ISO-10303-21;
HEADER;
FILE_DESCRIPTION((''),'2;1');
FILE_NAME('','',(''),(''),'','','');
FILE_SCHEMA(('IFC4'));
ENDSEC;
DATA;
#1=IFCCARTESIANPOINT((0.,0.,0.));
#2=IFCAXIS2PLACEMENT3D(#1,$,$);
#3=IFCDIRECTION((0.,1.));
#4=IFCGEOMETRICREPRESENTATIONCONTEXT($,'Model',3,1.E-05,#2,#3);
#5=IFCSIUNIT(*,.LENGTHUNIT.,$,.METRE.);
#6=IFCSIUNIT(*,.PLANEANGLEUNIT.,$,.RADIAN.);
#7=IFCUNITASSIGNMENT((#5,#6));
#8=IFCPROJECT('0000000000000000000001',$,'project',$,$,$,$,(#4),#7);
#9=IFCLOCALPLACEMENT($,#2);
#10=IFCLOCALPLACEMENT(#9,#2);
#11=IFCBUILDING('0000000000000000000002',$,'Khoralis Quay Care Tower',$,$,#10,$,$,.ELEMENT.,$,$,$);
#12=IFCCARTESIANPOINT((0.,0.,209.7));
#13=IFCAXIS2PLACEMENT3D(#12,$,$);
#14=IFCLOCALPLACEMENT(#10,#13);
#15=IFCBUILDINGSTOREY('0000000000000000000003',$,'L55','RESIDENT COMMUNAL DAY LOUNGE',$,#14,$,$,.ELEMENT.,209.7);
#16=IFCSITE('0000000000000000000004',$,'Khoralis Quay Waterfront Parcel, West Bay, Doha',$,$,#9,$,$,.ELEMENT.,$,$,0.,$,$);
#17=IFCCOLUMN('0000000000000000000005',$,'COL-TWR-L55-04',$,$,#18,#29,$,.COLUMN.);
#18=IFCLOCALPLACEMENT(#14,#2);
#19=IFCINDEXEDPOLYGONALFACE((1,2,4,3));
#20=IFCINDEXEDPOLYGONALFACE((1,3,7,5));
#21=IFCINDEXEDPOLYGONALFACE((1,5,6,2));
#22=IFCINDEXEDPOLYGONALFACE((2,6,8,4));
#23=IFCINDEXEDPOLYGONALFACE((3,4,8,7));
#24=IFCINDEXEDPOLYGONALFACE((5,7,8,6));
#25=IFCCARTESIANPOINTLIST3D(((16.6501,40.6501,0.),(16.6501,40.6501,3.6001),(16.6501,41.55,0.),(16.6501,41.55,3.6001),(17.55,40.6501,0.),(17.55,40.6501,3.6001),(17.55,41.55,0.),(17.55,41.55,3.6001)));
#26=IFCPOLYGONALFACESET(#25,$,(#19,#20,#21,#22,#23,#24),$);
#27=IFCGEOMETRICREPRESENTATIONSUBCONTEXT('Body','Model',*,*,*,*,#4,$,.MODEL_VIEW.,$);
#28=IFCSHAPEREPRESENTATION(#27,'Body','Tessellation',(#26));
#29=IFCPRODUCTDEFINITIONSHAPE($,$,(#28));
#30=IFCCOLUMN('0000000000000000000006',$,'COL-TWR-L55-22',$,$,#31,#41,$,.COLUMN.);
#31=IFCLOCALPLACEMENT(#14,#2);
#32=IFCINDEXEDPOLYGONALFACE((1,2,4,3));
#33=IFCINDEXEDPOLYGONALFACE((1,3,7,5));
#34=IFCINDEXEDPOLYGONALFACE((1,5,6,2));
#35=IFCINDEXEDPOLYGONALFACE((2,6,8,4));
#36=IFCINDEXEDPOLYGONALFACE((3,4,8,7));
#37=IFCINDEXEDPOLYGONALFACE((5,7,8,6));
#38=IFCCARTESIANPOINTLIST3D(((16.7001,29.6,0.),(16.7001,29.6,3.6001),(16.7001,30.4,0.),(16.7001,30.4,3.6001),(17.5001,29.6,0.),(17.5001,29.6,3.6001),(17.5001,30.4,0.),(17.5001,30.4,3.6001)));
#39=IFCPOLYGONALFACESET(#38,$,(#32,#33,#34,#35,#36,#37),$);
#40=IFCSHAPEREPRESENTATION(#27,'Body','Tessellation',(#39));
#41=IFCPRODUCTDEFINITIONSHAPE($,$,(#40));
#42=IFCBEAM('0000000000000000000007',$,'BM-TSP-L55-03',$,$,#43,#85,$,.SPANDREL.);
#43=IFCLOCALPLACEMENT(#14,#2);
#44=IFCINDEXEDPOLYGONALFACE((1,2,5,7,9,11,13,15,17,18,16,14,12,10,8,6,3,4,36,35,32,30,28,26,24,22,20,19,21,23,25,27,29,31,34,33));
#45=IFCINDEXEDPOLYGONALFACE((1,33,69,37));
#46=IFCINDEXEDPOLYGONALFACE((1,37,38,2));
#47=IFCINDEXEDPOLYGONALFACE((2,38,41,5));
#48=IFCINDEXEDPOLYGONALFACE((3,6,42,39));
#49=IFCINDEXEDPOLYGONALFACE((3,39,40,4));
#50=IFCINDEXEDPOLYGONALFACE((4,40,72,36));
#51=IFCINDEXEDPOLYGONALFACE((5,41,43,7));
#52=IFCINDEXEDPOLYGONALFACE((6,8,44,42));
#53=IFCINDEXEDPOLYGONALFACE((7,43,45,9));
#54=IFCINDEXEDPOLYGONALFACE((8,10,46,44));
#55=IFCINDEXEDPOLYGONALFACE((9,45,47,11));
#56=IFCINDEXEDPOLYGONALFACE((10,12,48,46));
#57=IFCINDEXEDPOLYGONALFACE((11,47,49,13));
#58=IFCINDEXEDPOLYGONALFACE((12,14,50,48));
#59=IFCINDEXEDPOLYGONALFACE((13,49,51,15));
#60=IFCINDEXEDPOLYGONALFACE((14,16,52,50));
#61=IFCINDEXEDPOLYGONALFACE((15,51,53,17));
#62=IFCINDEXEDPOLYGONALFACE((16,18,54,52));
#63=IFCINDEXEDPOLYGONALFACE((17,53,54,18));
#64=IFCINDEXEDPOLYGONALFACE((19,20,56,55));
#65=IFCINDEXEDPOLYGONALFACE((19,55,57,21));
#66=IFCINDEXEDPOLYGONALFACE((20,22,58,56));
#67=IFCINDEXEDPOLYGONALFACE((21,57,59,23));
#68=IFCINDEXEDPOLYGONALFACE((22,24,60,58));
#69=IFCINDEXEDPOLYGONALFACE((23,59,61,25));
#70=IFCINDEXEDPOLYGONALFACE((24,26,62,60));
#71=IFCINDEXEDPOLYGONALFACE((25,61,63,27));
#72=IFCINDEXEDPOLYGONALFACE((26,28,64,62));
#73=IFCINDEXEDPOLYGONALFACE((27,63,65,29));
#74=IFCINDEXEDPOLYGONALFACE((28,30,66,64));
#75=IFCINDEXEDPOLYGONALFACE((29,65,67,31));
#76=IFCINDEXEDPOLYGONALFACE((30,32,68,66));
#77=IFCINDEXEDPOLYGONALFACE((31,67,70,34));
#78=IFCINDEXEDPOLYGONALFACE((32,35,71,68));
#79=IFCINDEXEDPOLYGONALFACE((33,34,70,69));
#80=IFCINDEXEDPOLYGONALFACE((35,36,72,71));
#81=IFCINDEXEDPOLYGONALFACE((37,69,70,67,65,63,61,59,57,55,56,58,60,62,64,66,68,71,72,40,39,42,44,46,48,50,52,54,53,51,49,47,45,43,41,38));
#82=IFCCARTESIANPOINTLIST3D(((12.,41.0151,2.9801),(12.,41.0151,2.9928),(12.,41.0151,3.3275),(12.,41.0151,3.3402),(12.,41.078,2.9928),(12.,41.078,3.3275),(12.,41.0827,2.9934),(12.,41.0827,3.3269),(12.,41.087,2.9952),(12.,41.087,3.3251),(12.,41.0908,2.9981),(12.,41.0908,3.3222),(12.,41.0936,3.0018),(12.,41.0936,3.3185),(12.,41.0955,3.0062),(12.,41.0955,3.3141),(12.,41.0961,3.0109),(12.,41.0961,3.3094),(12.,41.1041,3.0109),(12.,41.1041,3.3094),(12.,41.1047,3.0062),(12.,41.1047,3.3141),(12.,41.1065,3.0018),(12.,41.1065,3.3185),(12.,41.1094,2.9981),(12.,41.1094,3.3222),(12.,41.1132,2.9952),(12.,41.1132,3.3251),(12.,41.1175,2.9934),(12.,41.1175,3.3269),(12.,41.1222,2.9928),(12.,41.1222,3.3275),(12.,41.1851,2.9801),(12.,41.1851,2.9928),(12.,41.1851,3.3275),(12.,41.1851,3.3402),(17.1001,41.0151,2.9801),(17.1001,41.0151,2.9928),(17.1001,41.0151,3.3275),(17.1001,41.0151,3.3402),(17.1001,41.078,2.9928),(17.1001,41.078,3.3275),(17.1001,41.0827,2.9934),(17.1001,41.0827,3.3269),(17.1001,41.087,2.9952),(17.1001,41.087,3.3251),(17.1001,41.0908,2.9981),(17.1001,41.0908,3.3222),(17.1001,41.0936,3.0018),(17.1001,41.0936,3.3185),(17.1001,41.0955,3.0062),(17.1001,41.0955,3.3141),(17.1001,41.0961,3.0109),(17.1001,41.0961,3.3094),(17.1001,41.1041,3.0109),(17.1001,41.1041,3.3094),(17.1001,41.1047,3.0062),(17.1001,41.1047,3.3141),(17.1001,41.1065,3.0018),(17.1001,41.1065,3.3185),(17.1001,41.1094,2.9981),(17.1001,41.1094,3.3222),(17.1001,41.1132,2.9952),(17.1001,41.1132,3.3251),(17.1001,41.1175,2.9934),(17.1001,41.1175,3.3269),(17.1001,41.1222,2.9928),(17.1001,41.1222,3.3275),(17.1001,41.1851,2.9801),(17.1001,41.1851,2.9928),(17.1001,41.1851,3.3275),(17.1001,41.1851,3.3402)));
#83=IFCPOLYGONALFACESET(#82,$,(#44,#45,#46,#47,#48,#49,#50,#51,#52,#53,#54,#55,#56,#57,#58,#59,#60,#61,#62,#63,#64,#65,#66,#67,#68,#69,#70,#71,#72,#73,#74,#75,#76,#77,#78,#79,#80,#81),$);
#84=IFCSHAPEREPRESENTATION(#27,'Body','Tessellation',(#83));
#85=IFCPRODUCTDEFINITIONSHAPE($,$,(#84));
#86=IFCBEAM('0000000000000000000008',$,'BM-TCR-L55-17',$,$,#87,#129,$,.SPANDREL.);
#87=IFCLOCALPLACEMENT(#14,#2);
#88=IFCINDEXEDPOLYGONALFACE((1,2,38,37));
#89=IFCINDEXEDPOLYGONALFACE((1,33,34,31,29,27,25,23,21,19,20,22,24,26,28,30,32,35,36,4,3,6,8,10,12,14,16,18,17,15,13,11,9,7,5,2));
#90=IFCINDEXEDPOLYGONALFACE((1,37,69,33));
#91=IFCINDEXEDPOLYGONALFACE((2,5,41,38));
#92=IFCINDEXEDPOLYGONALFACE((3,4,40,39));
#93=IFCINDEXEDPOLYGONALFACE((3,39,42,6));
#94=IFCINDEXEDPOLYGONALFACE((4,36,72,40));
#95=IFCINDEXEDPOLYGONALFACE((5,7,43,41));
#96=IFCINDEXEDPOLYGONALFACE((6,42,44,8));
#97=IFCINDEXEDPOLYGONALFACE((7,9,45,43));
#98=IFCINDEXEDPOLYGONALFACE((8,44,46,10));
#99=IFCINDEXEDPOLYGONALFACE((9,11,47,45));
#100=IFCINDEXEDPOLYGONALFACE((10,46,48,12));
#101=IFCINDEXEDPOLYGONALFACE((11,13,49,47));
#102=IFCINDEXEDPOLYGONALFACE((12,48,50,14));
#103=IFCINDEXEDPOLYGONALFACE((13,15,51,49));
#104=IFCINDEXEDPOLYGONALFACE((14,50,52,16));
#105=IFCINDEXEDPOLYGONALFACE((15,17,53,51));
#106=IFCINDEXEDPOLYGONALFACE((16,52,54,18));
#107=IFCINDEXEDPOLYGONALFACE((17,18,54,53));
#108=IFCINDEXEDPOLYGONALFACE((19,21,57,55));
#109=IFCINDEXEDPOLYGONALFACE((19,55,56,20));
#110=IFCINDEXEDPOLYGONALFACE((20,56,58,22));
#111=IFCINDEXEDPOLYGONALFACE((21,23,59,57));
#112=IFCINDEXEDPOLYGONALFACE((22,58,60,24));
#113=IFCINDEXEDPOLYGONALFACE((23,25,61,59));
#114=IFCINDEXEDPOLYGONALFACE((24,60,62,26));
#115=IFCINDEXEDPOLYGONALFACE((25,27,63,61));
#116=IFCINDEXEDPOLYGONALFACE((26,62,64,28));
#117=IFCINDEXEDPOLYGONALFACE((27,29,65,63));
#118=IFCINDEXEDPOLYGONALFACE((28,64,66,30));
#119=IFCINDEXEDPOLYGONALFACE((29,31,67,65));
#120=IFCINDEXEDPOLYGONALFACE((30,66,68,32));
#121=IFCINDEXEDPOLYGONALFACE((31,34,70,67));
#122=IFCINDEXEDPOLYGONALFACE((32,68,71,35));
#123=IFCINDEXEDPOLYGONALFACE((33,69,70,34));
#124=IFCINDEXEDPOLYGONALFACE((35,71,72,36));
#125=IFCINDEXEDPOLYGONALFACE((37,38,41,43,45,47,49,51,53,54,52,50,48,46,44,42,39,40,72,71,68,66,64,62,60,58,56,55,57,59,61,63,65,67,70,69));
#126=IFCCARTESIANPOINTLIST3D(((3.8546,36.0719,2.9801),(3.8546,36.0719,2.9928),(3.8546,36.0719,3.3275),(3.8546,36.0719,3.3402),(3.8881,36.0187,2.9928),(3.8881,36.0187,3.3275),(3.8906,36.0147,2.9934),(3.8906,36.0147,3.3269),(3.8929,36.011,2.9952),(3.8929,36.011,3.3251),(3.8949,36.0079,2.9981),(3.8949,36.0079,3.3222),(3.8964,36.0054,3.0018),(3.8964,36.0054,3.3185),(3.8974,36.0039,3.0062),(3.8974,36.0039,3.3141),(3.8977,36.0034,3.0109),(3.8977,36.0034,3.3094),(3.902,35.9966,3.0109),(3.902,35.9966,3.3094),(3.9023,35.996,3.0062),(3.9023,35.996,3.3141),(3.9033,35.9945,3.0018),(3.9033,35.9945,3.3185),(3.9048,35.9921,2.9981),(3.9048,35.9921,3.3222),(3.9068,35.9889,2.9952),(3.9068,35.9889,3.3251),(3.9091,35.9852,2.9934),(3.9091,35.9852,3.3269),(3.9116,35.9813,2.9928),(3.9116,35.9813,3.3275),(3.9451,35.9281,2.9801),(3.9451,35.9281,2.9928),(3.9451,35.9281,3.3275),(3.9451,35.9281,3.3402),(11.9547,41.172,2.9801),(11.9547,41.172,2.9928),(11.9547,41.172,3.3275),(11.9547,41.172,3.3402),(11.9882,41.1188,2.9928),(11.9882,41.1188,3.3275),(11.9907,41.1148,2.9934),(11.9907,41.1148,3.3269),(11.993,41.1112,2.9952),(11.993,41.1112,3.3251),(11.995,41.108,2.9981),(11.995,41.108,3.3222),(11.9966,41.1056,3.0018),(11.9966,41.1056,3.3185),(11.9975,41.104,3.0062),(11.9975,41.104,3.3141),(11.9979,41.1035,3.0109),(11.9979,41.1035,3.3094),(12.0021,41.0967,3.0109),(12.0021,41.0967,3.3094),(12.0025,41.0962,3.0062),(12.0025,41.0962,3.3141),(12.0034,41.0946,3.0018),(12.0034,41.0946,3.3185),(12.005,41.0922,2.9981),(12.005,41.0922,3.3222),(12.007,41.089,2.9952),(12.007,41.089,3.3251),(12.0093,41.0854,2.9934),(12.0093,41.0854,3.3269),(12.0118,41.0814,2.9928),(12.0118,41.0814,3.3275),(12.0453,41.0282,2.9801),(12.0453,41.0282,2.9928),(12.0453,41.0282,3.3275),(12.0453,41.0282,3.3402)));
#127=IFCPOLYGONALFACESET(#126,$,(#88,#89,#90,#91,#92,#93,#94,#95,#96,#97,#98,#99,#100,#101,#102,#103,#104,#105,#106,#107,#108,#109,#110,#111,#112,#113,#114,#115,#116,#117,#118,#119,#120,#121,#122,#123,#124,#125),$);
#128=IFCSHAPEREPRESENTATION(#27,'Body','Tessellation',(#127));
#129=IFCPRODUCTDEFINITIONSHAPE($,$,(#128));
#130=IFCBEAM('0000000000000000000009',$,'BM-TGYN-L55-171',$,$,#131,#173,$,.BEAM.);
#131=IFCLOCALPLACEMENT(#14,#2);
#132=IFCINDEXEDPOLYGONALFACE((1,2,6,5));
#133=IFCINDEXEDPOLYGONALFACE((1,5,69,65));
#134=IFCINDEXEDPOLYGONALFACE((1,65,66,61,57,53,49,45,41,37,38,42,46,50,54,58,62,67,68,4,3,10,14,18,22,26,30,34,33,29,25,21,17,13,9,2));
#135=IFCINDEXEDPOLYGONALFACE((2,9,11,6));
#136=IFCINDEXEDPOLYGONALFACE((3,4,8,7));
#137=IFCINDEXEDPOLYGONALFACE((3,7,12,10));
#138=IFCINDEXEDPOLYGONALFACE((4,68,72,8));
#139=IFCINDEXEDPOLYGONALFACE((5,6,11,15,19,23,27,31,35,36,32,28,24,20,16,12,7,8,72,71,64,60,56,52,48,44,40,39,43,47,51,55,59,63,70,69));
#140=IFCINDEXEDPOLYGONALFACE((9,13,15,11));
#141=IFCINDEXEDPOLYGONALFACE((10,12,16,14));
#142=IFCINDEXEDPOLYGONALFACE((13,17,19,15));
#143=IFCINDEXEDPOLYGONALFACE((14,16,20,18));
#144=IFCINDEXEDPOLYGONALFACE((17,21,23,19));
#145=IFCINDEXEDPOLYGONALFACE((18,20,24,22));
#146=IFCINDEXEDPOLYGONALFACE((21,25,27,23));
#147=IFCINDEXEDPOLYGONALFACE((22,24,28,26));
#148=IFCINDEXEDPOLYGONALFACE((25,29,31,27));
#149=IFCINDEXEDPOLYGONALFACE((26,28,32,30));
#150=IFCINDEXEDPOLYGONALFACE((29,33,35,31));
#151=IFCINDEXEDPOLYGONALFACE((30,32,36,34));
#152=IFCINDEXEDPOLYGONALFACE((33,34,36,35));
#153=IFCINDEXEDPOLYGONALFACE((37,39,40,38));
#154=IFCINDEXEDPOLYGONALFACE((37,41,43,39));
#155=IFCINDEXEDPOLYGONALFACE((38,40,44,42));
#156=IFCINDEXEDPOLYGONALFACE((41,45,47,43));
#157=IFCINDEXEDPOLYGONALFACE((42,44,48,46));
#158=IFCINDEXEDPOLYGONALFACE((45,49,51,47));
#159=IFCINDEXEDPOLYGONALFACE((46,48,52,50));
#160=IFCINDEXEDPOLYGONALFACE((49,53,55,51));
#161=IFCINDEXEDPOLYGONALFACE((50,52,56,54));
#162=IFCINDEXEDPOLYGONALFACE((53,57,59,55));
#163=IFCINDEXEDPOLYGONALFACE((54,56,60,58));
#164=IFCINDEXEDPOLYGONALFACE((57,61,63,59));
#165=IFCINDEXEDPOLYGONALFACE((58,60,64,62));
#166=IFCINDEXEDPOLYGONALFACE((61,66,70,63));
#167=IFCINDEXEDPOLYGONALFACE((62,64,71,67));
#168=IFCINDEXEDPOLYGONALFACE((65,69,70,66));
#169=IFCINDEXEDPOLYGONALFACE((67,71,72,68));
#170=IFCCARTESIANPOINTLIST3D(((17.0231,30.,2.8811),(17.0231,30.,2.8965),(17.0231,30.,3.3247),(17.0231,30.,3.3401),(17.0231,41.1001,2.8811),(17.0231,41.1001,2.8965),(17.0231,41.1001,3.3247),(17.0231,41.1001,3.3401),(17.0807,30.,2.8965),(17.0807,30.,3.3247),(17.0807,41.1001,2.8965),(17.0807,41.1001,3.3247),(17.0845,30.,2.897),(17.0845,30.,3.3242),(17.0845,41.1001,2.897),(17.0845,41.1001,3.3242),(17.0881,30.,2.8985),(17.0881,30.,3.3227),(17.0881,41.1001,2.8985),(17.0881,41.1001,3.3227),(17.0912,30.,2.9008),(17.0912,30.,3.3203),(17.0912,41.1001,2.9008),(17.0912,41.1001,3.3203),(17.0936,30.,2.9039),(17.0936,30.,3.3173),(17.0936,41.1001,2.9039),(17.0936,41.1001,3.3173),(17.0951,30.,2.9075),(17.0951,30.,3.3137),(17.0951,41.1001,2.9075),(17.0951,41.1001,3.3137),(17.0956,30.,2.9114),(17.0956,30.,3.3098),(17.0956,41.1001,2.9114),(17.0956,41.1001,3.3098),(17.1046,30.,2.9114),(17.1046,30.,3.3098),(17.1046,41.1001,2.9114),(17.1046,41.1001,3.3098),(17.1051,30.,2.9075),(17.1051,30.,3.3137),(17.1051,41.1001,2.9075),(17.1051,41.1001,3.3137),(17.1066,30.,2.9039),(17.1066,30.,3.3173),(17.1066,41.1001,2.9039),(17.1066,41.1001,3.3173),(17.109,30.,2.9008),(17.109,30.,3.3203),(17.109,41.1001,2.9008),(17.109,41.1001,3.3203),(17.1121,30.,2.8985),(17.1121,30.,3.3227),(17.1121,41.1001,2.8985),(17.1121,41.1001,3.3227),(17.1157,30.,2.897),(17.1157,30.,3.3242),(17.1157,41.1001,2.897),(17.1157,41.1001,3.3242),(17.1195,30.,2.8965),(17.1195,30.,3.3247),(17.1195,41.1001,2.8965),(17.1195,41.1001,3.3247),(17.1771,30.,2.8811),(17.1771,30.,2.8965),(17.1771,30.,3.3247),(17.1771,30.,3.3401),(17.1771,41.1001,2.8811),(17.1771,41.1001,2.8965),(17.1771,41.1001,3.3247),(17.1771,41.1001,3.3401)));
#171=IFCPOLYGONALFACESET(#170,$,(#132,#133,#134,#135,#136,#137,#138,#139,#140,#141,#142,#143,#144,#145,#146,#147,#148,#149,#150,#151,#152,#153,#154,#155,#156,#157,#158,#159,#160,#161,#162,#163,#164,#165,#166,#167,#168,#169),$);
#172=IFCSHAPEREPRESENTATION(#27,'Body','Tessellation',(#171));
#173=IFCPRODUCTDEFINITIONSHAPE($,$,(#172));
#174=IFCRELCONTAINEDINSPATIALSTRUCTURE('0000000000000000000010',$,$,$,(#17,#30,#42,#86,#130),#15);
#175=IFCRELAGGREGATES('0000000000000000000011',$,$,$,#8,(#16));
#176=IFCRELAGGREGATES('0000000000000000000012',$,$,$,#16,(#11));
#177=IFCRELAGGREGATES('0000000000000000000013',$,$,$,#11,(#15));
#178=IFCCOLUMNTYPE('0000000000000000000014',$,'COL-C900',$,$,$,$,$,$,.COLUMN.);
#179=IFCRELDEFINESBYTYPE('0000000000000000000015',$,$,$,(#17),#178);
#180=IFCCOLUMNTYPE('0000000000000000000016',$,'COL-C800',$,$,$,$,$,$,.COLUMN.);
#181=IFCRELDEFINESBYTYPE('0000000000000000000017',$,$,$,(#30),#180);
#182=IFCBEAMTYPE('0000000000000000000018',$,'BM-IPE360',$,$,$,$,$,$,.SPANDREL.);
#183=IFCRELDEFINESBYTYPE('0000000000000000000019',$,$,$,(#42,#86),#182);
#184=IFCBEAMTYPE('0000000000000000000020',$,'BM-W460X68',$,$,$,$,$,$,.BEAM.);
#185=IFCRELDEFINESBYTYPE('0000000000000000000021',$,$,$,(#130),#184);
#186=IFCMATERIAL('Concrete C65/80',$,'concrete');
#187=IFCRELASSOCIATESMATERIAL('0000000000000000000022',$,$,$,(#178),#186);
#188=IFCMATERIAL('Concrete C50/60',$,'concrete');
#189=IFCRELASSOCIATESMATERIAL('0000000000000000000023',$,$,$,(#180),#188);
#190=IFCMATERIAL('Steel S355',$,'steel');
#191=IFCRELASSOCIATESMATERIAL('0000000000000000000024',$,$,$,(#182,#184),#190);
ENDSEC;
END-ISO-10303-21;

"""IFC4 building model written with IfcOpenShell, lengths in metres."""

from ifc_helpers import new_model, si_unit, direction, frame, origin, origin_2d, place, context, subcontext, project, spatial, rectangle, i_section, extrude, source, transform, mapped, material, material_profile, profile_set, type_object, element, save


model = new_model("IFC4")

# Units and contexts
model_context = context("Model", 3, precision=1e-05, world=origin(), true_north=direction((0.0, 1.0)))
body_context = subcontext(model_context, "Body", "Model", "MODEL_VIEW")
ifc_project = project(units=[si_unit("LENGTHUNIT", "METRE"), si_unit("PLANEANGLEUNIT", "RADIAN")], contexts=[model_context])

# Site, building, storey
site_placement = place(None, origin())
site = spatial("IfcSite", under=ifc_project, at=site_placement, Name="Khoralis Quay Waterfront Parcel, West Bay, Doha", CompositionType="ELEMENT", RefElevation=0.0)
building_placement = place(site_placement, origin())
building = spatial("IfcBuilding", under=site, at=building_placement, Name="Khoralis Quay Care Tower", CompositionType="ELEMENT")
storey_placement = place(building_placement, frame((0.0, 0.0, 209.7)))
storey = spatial("IfcBuildingStorey", under=building, at=storey_placement, Name="L55", Description="RESIDENT COMMUNAL DAY LOUNGE", CompositionType="ELEMENT", Elevation=209.7)

# Columns
ifc_material_1 = material(Name="Concrete C65/80", Category="concrete")
ifc_material_profile_1 = material_profile(ifc_material_1, rectangle(XDim=0.8999, YDim=0.8999, at=origin_2d()), Name="Concrete C65/80")
ifc_profile_set_1 = profile_set([ifc_material_profile_1], Name="Concrete C65/80")
column_type_1 = type_object("IfcColumnType", Name="COL-C900", PredefinedType="COLUMN", material=ifc_profile_set_1)
shared_shape_1 = source(origin(), body_context, "Body", "SweptSolid", [
    extrude(rectangle(XDim=0.8999, YDim=0.8999, at=origin_2d()), origin(), (0.0, 0.0, 1.0), 3.6001),
])
column_1_placement = place(storey_placement, frame((17.1001, 41.1001, 0.0), z_axis=(0.0, 0.0, 1.0), x_axis=(1.0, 0.0, 0.0)))
element("IfcColumn", 1, at=column_1_placement, inside=storey, type_object=column_type_1, Name="COL-TWR-L55-04", PredefinedType="COLUMN", context=body_context, shape_type="MappedRepresentation", body=[
    mapped(shared_shape_1, transform((0.0, 0.0, 0.0), scale=1.0)),
])
ifc_material_2 = material(Name="Concrete C50/60", Category="concrete")
ifc_material_profile_2 = material_profile(ifc_material_2, rectangle(XDim=0.8, YDim=0.8, at=origin_2d()), Name="Concrete C50/60")
ifc_profile_set_2 = profile_set([ifc_material_profile_2], Name="Concrete C50/60")
column_type_2 = type_object("IfcColumnType", Name="COL-C800", PredefinedType="COLUMN", material=ifc_profile_set_2)
shared_shape_2 = source(origin(), body_context, "Body", "SweptSolid", [
    extrude(rectangle(XDim=0.8, YDim=0.8, at=origin_2d()), origin(), (0.0, 0.0, 1.0), 3.6001),
])
column_2_placement = place(storey_placement, frame((17.1001, 30.0, 0.0), z_axis=(0.0, 0.0, 1.0), x_axis=(1.0, 0.0, 0.0)))
element("IfcColumn", 2, at=column_2_placement, inside=storey, type_object=column_type_2, Name="COL-TWR-L55-22", PredefinedType="COLUMN", context=body_context, shape_type="MappedRepresentation", body=[
    mapped(shared_shape_2, transform((0.0, 0.0, 0.0), scale=1.0)),
])

# Beams
ifc_material_3 = material(Name="Steel S355", Category="steel")
ifc_material_profile_3 = material_profile(ifc_material_3, i_section(OverallWidth=0.1699, OverallDepth=0.3601, WebThickness=0.0081, FlangeThickness=0.0127, FilletRadius=0.0181, at=origin_2d()), Name="Steel S355")
ifc_profile_set_3 = profile_set([ifc_material_profile_3], Name="Steel S355")
beam_type_1 = type_object("IfcBeamType", Name="BM-IPE360", PredefinedType="SPANDREL", material=ifc_profile_set_3)
shared_shape_3 = source(origin(), body_context, "Body", "SweptSolid", [
    extrude(i_section(OverallWidth=0.1699, OverallDepth=0.3601, WebThickness=0.0081, FlangeThickness=0.0127, FilletRadius=0.0181, at=origin_2d()), origin(), (0.0, 0.0, 1.0), 5.1001),
])
beam_1_placement = place(storey_placement, frame((12.0, 41.1001, 3.1602), z_axis=(1.0, 0.0, 0.0), x_axis=(0.0, 1.0, 0.0)))
element("IfcBeam", 3, at=beam_1_placement, inside=storey, type_object=beam_type_1, Name="BM-TSP-L55-03", PredefinedType="SPANDREL", context=body_context, shape_type="MappedRepresentation", body=[
    mapped(shared_shape_3, transform((0.0, 0.0, 0.0), scale=1.0)),
])
shared_shape_4 = source(origin(), body_context, "Body", "SweptSolid", [
    extrude(i_section(OverallWidth=0.1699, OverallDepth=0.3601, WebThickness=0.0081, FlangeThickness=0.0127, FilletRadius=0.0181, at=origin_2d()), origin(), (0.0, 0.0, 1.0), 9.572),
])
beam_2_placement = place(storey_placement, frame((12.0, 41.1001, 3.1602), z_axis=(-0.846231, -0.532816, 0.0), x_axis=(0.532816, -0.846231, 0.0)))
element("IfcBeam", 4, at=beam_2_placement, inside=storey, type_object=beam_type_1, Name="BM-TCR-L55-17", PredefinedType="SPANDREL", context=body_context, shape_type="MappedRepresentation", body=[
    mapped(shared_shape_4, transform((0.0, 0.0, 0.0), scale=1.0)),
])
ifc_material_profile_4 = material_profile(ifc_material_3, i_section(OverallWidth=0.1541, OverallDepth=0.459, WebThickness=0.009, FlangeThickness=0.0154, FilletRadius=0.0149, at=origin_2d()), Name="Steel S355")
ifc_profile_set_4 = profile_set([ifc_material_profile_4], Name="Steel S355")
beam_type_2 = type_object("IfcBeamType", Name="BM-W460X68", PredefinedType="BEAM", material=ifc_profile_set_4)
shared_shape_5 = source(origin(), body_context, "Body", "SweptSolid", [
    extrude(i_section(OverallWidth=0.1541, OverallDepth=0.459, WebThickness=0.009, FlangeThickness=0.0154, FilletRadius=0.0149, at=origin_2d()), origin(), (0.0, 0.0, 1.0), 11.1001),
])
beam_3_placement = place(storey_placement, frame((17.1001, 30.0, 3.1106), z_axis=(0.0, 1.0, 0.0), x_axis=(-1.0, 0.0, 0.0)))
element("IfcBeam", 5, at=beam_3_placement, inside=storey, type_object=beam_type_2, Name="BM-TGYN-L55-171", PredefinedType="BEAM", context=body_context, shape_type="MappedRepresentation", body=[
    mapped(shared_shape_5, transform((0.0, 0.0, 0.0), scale=1.0)),
])

save(model, "model.ifc")
